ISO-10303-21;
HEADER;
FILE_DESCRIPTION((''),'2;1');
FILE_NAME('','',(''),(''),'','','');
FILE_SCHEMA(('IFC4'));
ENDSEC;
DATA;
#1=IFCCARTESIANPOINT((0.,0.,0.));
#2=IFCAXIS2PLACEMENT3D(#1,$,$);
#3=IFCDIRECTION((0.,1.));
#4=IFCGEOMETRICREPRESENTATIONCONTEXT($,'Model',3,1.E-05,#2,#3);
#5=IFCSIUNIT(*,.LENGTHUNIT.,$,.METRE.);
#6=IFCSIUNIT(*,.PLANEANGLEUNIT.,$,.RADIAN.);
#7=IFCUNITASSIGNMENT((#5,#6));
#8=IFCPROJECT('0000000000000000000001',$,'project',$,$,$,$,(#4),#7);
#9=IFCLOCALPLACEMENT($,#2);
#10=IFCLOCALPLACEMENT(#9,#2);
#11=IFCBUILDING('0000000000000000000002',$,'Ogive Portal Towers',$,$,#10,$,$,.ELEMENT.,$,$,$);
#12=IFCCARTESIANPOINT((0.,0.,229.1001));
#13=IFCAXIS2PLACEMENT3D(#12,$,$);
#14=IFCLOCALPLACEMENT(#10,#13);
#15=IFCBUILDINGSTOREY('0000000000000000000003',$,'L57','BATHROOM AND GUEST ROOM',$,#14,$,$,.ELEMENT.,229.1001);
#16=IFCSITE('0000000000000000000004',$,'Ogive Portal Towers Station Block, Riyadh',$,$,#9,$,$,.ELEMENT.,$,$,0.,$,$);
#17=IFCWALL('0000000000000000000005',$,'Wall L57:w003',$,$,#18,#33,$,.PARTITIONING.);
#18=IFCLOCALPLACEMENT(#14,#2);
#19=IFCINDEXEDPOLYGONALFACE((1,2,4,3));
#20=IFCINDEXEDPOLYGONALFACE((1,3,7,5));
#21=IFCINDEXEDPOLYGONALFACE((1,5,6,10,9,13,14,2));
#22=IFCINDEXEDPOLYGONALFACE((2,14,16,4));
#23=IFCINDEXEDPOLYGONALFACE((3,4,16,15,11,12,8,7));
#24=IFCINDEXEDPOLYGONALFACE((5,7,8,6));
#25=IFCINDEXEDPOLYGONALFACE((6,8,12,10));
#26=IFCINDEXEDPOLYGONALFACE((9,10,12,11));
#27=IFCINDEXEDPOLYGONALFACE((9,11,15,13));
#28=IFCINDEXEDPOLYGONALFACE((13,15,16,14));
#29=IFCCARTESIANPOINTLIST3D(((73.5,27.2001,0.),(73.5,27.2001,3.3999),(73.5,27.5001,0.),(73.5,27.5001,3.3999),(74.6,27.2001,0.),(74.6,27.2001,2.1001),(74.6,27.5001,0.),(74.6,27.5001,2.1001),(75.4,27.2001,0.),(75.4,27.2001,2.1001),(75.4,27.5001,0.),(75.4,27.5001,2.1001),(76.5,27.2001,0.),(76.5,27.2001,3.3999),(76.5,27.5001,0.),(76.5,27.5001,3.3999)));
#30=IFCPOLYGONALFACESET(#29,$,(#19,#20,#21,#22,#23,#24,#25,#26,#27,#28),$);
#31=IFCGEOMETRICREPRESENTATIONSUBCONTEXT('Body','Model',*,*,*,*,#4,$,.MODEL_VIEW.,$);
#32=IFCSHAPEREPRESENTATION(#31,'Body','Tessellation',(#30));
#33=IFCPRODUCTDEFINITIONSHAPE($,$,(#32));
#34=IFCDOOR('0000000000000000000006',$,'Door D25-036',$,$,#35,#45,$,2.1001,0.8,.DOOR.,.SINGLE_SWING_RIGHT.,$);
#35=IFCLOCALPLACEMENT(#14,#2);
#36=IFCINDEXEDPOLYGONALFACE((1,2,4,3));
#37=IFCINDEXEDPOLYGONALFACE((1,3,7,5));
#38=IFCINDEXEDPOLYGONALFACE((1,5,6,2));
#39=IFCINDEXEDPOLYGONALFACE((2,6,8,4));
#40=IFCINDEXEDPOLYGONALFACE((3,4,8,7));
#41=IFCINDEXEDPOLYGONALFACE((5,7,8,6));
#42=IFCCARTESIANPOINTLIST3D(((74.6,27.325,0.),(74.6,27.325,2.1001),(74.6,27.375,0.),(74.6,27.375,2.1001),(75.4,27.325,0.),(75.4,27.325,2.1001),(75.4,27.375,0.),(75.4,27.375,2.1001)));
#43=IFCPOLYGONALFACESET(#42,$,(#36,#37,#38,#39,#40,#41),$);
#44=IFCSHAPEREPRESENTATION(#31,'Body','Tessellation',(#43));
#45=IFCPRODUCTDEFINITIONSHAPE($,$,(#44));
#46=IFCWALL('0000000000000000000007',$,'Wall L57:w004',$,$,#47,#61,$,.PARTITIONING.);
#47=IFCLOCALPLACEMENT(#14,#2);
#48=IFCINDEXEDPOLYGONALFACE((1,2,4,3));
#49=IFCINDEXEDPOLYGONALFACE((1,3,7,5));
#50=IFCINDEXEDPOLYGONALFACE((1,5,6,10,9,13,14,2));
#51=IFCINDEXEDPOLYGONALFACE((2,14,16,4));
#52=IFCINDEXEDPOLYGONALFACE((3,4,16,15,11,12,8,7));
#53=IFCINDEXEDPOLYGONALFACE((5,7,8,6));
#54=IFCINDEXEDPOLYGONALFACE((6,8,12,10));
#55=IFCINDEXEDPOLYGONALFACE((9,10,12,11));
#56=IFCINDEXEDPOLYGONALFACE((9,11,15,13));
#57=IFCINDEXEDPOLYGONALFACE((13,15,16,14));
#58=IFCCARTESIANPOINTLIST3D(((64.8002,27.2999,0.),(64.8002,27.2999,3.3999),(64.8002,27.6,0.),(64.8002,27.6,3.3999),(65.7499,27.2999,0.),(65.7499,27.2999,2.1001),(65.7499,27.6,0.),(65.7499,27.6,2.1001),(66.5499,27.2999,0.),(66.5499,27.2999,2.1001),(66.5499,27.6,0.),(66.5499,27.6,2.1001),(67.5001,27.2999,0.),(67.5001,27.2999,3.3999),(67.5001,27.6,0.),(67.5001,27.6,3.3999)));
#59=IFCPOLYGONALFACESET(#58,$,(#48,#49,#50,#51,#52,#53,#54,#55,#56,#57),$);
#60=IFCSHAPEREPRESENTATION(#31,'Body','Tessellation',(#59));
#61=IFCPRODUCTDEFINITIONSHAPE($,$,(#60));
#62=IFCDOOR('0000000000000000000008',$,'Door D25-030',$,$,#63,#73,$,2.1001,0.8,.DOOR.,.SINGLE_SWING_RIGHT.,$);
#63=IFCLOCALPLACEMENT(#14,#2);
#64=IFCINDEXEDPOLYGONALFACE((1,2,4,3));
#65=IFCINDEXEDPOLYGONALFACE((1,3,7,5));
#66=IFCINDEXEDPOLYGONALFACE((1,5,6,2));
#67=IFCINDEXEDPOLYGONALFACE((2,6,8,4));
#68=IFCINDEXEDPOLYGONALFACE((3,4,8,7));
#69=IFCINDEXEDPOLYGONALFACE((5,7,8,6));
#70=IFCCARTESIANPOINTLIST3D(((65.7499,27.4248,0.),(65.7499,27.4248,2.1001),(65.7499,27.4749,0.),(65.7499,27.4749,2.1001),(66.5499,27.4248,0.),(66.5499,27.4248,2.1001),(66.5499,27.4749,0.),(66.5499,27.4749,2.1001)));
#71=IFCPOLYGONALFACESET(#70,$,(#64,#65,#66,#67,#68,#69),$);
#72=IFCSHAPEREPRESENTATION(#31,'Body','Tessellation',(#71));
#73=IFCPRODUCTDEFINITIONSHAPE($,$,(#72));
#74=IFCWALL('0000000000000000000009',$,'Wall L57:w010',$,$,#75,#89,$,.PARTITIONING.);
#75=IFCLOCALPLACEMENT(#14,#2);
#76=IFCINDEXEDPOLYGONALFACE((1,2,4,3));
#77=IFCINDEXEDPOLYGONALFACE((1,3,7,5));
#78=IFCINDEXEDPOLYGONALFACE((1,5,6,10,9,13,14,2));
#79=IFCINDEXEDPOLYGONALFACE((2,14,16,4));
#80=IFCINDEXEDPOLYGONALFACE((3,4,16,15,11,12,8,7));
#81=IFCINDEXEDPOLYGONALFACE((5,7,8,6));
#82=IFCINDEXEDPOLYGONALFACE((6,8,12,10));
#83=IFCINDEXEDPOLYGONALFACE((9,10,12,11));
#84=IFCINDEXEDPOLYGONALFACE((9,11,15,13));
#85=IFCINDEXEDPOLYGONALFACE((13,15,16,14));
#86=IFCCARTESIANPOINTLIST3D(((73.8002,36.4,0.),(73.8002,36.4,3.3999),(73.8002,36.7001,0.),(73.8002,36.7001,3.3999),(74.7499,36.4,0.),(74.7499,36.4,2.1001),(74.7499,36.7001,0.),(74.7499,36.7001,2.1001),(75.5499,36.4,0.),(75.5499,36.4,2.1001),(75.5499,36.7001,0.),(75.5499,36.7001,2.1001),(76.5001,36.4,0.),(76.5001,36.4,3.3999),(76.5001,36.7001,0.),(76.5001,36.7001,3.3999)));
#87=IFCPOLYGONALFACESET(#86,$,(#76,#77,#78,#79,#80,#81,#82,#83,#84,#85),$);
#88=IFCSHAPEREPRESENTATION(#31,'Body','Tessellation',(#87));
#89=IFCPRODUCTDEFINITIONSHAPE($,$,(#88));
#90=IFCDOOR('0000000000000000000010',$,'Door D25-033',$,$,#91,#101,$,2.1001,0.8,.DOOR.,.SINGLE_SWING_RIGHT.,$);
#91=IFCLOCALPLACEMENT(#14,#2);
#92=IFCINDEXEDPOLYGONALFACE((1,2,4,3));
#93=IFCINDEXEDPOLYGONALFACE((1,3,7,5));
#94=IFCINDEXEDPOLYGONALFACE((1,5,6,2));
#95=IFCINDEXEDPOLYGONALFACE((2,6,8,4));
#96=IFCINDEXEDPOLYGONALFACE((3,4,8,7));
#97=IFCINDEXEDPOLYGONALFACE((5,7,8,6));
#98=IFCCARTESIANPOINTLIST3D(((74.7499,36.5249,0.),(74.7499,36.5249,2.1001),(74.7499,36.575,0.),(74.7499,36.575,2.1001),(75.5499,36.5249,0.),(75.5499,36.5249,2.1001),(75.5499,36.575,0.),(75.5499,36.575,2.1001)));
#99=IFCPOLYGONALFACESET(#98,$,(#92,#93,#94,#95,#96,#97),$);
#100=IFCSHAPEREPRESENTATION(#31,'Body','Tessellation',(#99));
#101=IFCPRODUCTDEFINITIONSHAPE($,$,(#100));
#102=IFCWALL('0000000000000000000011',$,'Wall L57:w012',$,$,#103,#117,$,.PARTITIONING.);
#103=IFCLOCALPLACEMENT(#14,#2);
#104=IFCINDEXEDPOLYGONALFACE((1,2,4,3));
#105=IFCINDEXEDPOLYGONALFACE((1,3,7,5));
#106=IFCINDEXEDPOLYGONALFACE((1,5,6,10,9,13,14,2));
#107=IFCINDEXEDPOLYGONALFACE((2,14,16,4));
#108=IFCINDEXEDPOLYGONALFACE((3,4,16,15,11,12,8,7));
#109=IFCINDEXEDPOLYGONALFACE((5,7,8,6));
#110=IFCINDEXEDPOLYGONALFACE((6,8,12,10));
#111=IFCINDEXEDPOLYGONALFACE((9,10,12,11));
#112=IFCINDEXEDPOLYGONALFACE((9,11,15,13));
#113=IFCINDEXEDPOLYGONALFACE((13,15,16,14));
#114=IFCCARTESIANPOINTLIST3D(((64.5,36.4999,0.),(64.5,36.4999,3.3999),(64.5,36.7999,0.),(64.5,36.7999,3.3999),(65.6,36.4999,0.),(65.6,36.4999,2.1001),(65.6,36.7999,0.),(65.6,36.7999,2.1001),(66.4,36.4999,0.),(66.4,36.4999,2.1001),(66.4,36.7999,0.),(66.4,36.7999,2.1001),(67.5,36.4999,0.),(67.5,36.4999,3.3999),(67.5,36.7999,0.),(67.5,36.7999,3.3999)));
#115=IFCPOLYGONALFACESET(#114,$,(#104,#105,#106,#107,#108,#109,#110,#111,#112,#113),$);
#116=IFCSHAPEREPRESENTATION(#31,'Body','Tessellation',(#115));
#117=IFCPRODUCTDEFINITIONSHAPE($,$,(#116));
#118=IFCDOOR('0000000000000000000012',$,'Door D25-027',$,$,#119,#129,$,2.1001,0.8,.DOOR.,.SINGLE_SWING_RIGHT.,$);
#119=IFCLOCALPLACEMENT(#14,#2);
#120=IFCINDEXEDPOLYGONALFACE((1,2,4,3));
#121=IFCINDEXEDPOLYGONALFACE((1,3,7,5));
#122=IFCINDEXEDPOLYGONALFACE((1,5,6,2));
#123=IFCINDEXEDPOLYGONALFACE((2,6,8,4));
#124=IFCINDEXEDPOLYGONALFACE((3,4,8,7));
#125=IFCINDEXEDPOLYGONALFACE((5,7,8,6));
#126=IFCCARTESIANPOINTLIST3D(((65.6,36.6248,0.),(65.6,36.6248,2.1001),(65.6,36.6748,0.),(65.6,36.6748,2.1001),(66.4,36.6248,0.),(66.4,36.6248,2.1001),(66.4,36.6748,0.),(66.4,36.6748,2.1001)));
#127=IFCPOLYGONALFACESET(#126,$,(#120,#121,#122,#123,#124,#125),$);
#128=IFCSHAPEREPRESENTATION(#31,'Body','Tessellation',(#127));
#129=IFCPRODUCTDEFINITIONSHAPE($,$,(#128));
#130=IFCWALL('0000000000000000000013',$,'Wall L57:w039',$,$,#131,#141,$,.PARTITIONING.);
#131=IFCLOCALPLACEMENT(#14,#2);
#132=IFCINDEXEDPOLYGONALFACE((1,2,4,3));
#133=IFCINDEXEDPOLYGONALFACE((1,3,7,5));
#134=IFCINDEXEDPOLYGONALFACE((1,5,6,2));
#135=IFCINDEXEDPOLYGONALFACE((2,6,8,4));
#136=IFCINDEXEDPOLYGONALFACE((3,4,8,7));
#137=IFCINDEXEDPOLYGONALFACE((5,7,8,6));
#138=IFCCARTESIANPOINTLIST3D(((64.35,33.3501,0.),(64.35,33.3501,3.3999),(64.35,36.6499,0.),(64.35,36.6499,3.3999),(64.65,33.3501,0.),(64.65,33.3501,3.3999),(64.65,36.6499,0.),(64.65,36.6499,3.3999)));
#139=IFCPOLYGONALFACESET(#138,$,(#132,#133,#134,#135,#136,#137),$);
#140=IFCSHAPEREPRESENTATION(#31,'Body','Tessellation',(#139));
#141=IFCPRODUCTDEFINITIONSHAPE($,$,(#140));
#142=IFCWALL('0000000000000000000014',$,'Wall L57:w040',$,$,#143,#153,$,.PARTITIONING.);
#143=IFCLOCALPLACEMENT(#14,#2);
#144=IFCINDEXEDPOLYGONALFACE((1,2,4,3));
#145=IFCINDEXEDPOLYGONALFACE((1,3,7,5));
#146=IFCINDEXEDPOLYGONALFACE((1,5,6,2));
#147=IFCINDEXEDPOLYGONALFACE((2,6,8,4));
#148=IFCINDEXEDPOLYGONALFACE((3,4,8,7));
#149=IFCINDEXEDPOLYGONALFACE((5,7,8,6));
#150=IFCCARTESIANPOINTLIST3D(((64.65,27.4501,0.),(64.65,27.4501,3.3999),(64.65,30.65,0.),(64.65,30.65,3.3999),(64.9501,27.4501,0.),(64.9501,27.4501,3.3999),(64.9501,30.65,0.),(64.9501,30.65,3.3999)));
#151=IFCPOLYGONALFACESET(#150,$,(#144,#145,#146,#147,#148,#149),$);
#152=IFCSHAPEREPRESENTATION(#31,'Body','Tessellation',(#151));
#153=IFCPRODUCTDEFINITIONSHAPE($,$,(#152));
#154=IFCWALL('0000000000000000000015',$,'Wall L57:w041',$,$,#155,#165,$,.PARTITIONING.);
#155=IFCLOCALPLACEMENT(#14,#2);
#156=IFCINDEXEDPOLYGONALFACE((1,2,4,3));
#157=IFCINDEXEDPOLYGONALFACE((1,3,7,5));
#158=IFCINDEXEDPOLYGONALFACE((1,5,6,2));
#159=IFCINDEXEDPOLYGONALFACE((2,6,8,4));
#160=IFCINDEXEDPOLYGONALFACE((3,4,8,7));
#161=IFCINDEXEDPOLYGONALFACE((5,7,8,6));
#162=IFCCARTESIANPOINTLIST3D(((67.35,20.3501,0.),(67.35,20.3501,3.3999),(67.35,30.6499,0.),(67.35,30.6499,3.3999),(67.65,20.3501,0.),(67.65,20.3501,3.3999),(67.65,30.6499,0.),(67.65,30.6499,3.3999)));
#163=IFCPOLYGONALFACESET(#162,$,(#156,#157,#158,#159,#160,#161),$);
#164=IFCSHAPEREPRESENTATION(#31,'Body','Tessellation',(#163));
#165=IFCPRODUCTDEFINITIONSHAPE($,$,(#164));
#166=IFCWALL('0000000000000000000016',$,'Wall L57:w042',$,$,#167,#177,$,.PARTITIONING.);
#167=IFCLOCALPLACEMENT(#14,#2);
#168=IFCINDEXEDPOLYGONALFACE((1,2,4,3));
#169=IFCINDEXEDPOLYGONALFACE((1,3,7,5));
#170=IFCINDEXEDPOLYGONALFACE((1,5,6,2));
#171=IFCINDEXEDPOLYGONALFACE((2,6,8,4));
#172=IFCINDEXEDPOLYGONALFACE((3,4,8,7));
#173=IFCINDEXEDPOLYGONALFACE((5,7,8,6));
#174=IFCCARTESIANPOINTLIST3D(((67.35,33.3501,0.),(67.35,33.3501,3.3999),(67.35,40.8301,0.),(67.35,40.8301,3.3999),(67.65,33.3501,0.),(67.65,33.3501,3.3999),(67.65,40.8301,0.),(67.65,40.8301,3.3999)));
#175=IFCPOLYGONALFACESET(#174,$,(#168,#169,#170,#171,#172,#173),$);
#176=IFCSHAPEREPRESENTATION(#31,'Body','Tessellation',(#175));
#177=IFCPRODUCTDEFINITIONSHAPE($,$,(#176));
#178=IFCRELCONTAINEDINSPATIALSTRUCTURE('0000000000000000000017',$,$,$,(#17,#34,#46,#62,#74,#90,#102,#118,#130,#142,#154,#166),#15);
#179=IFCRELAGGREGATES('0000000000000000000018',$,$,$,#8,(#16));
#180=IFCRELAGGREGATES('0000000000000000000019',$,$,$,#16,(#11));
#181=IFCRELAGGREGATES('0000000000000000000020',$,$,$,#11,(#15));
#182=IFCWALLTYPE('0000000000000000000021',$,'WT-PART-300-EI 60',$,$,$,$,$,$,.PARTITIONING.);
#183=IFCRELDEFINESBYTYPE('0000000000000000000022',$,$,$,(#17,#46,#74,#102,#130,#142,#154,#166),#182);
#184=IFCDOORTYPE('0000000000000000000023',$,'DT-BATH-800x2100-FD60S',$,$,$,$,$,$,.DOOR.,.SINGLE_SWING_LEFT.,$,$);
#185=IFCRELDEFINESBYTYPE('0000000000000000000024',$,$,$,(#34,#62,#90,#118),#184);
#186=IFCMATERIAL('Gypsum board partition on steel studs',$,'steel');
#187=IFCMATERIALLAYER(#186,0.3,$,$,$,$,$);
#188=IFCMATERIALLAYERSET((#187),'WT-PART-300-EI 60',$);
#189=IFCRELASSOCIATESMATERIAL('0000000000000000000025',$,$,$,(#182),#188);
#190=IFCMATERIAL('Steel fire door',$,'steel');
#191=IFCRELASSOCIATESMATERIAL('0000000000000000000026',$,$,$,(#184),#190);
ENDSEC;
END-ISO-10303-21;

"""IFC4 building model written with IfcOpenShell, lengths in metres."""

from ifc_helpers import new_model, si_unit, direction, frame, frame_2d, origin, place, context, subcontext, project, spatial, rectangle, extrude, material, layer, layer_set, type_object, element, fill, save


model = new_model("IFC4")

# Units and contexts
model_context = context("Model", 3, precision=1e-05, world=origin(), true_north=direction((0.0, 1.0)))
body_context = subcontext(model_context, "Body", "Model", "MODEL_VIEW")
ifc_project = project(units=[si_unit("LENGTHUNIT", "METRE"), si_unit("PLANEANGLEUNIT", "RADIAN")], contexts=[model_context])

# Site, building, storey
site_placement = place(None, origin())
site = spatial("IfcSite", under=ifc_project, at=site_placement, Name="Ogive Portal Towers Station Block, Riyadh", CompositionType="ELEMENT", RefElevation=0.0)
building_placement = place(site_placement, origin())
building = spatial("IfcBuilding", under=site, at=building_placement, Name="Ogive Portal Towers", CompositionType="ELEMENT")
storey_placement = place(building_placement, frame((0.0, 0.0, 229.1001)))
storey = spatial("IfcBuildingStorey", under=building, at=storey_placement, Name="L57", Description="BATHROOM AND GUEST ROOM", CompositionType="ELEMENT", Elevation=229.1001)

# Walls, openings, doors
ifc_material_1 = material(Name="Gypsum board partition on steel studs", Category="steel")
ifc_layer_1 = layer(ifc_material_1, 0.3)
ifc_layer_set_1 = layer_set([ifc_layer_1], Name="WT-PART-300-EI 60")
wall_type = type_object("IfcWallType", Name="WT-PART-300-EI 60", PredefinedType="PARTITIONING", material=ifc_layer_set_1)
ifc_material_2 = material(Name="Steel fire door", Category="steel")
door_type = type_object("IfcDoorType", Name="DT-BATH-800x2100-FD60S", OperationType="SINGLE_SWING_LEFT", PredefinedType="DOOR", material=ifc_material_2)
wall_1_placement = place(storey_placement, frame((73.5, 27.3501, 0.0), z_axis=(0.0, 0.0, 1.0), x_axis=(1.0, 0.0, 0.0)))
wall_1 = element("IfcWall", 1, at=wall_1_placement, inside=storey, type_object=wall_type, Name="Wall L57:w003", PredefinedType="PARTITIONING", context=body_context, shape_type="SweptSolid", body=[
    extrude(rectangle(XDim=3.0, YDim=0.3, at=frame_2d((1.5, 0.0))), origin(), (0.0, 0.0, 1.0), 3.3999),
])
opening_1_placement = place(wall_1_placement, frame((1.1001, 0.0, 0.0)))
opening_1 = element("IfcOpeningElement", 2, at=opening_1_placement, cuts=wall_1, PredefinedType="OPENING", context=body_context, shape_type="SweptSolid", body=[
    extrude(rectangle(XDim=0.8, YDim=2.1001, at=frame_2d((0.3999, 1.05))), frame((0.0, 0.1602, 0.0), z_axis=(0.0, -1.0, 0.0), x_axis=(1.0, 0.0, 0.0)), (0.0, 0.0, 1.0), 0.3201),
])
door_1_placement = place(opening_1_placement, origin())
door_1 = element("IfcDoor", 3, at=door_1_placement, inside=storey, type_object=door_type, Name="Door D25-036", OperationType="SINGLE_SWING_RIGHT", OverallHeight=2.1001, OverallWidth=0.8, PredefinedType="DOOR", context=body_context, shape_type="SweptSolid", body=[
    extrude(rectangle(XDim=0.8, YDim=2.1001, at=frame_2d((0.3999, 1.05))), frame((0.0, 0.0249, 0.0), z_axis=(0.0, -1.0, 0.0), x_axis=(1.0, 0.0, 0.0)), (0.0, 0.0, 1.0), 0.05),
])
fill(opening_1, door_1)
wall_2_placement = place(storey_placement, frame((64.8, 27.45, 0.0), z_axis=(0.0, 0.0, 1.0), x_axis=(1.0, 0.0, 0.0)))
wall_2 = element("IfcWall", 4, at=wall_2_placement, inside=storey, type_object=wall_type, Name="Wall L57:w004", PredefinedType="PARTITIONING", context=body_context, shape_type="SweptSolid", body=[
    extrude(rectangle(XDim=2.7, YDim=0.3, at=frame_2d((1.3501, 0.0))), origin(), (0.0, 0.0, 1.0), 3.3999),
])
opening_2_placement = place(wall_2_placement, frame((0.95, 0.0, 0.0)))
opening_2 = element("IfcOpeningElement", 5, at=opening_2_placement, cuts=wall_2, PredefinedType="OPENING", context=body_context, shape_type="SweptSolid", body=[
    extrude(rectangle(XDim=0.8, YDim=2.1001, at=frame_2d((0.3999, 1.05))), frame((0.0, 0.1602, 0.0), z_axis=(0.0, -1.0, 0.0), x_axis=(1.0, 0.0, 0.0)), (0.0, 0.0, 1.0), 0.3201),
])
door_2_placement = place(opening_2_placement, origin())
door_2 = element("IfcDoor", 6, at=door_2_placement, inside=storey, type_object=door_type, Name="Door D25-030", OperationType="SINGLE_SWING_RIGHT", OverallHeight=2.1001, OverallWidth=0.8, PredefinedType="DOOR", context=body_context, shape_type="SweptSolid", body=[
    extrude(rectangle(XDim=0.8, YDim=2.1001, at=frame_2d((0.3999, 1.05))), frame((0.0, 0.0249, 0.0), z_axis=(0.0, -1.0, 0.0), x_axis=(1.0, 0.0, 0.0)), (0.0, 0.0, 1.0), 0.05),
])
fill(opening_2, door_2)
wall_3_placement = place(storey_placement, frame((73.8, 36.55, 0.0), z_axis=(0.0, 0.0, 1.0), x_axis=(1.0, 0.0, 0.0)))
wall_3 = element("IfcWall", 7, at=wall_3_placement, inside=storey, type_object=wall_type, Name="Wall L57:w010", PredefinedType="PARTITIONING", context=body_context, shape_type="SweptSolid", body=[
    extrude(rectangle(XDim=2.7, YDim=0.3, at=frame_2d((1.3501, 0.0))), origin(), (0.0, 0.0, 1.0), 3.3999),
])
opening_3_placement = place(wall_3_placement, frame((0.95, 0.0, 0.0)))
opening_3 = element("IfcOpeningElement", 8, at=opening_3_placement, cuts=wall_3, PredefinedType="OPENING", context=body_context, shape_type="SweptSolid", body=[
    extrude(rectangle(XDim=0.8, YDim=2.1001, at=frame_2d((0.3999, 1.05))), frame((0.0, 0.1602, 0.0), z_axis=(0.0, -1.0, 0.0), x_axis=(1.0, 0.0, 0.0)), (0.0, 0.0, 1.0), 0.3201),
])
door_3_placement = place(opening_3_placement, origin())
door_3 = element("IfcDoor", 9, at=door_3_placement, inside=storey, type_object=door_type, Name="Door D25-033", OperationType="SINGLE_SWING_RIGHT", OverallHeight=2.1001, OverallWidth=0.8, PredefinedType="DOOR", context=body_context, shape_type="SweptSolid", body=[
    extrude(rectangle(XDim=0.8, YDim=2.1001, at=frame_2d((0.3999, 1.05))), frame((0.0, 0.0249, 0.0), z_axis=(0.0, -1.0, 0.0), x_axis=(1.0, 0.0, 0.0)), (0.0, 0.0, 1.0), 0.05),
])
fill(opening_3, door_3)
wall_4_placement = place(storey_placement, frame((64.5, 36.6499, 0.0), z_axis=(0.0, 0.0, 1.0), x_axis=(1.0, 0.0, 0.0)))
wall_4 = element("IfcWall", 10, at=wall_4_placement, inside=storey, type_object=wall_type, Name="Wall L57:w012", PredefinedType="PARTITIONING", context=body_context, shape_type="SweptSolid", body=[
    extrude(rectangle(XDim=3.0, YDim=0.3, at=frame_2d((1.5, 0.0))), origin(), (0.0, 0.0, 1.0), 3.3999),
])
opening_4_placement = place(wall_4_placement, frame((1.1001, 0.0, 0.0)))
opening_4 = element("IfcOpeningElement", 11, at=opening_4_placement, cuts=wall_4, PredefinedType="OPENING", context=body_context, shape_type="SweptSolid", body=[
    extrude(rectangle(XDim=0.8, YDim=2.1001, at=frame_2d((0.3999, 1.05))), frame((0.0, 0.1602, 0.0), z_axis=(0.0, -1.0, 0.0), x_axis=(1.0, 0.0, 0.0)), (0.0, 0.0, 1.0), 0.3201),
])
door_4_placement = place(opening_4_placement, origin())
door_4 = element("IfcDoor", 12, at=door_4_placement, inside=storey, type_object=door_type, Name="Door D25-027", OperationType="SINGLE_SWING_RIGHT", OverallHeight=2.1001, OverallWidth=0.8, PredefinedType="DOOR", context=body_context, shape_type="SweptSolid", body=[
    extrude(rectangle(XDim=0.8, YDim=2.1001, at=frame_2d((0.3999, 1.05))), frame((0.0, 0.0249, 0.0), z_axis=(0.0, -1.0, 0.0), x_axis=(1.0, 0.0, 0.0)), (0.0, 0.0, 1.0), 0.05),
])
fill(opening_4, door_4)

# Walls
wall_5_placement = place(storey_placement, frame((64.5, 33.3501, 0.0), z_axis=(0.0, 0.0, 1.0), x_axis=(0.0, 1.0, 0.0)))
element("IfcWall", 13, at=wall_5_placement, inside=storey, type_object=wall_type, Name="Wall L57:w039", PredefinedType="PARTITIONING", context=body_context, shape_type="SweptSolid", body=[
    extrude(rectangle(XDim=3.2998, YDim=0.3, at=frame_2d((1.6499, 0.0))), origin(), (0.0, 0.0, 1.0), 3.3999),
])
wall_6_placement = place(storey_placement, frame((64.8, 27.45, 0.0), z_axis=(0.0, 0.0, 1.0), x_axis=(0.0, 1.0, 0.0)))
element("IfcWall", 14, at=wall_6_placement, inside=storey, type_object=wall_type, Name="Wall L57:w040", PredefinedType="PARTITIONING", context=body_context, shape_type="SweptSolid", body=[
    extrude(rectangle(XDim=3.2, YDim=0.3, at=frame_2d((1.6001, 0.0))), origin(), (0.0, 0.0, 1.0), 3.3999),
])
wall_7_placement = place(storey_placement, frame((67.5, 20.3501, 0.0), z_axis=(0.0, 0.0, 1.0), x_axis=(0.0, 1.0, 0.0)))
element("IfcWall", 15, at=wall_7_placement, inside=storey, type_object=wall_type, Name="Wall L57:w041", PredefinedType="PARTITIONING", context=body_context, shape_type="SweptSolid", body=[
    extrude(rectangle(XDim=10.2998, YDim=0.3, at=frame_2d((5.1499, 0.0))), origin(), (0.0, 0.0, 1.0), 3.3999),
])
wall_8_placement = place(storey_placement, frame((67.5, 33.3501, 0.0), z_axis=(0.0, 0.0, 1.0), x_axis=(0.0, 1.0, 0.0)))
element("IfcWall", 16, at=wall_8_placement, inside=storey, type_object=wall_type, Name="Wall L57:w042", PredefinedType="PARTITIONING", context=body_context, shape_type="SweptSolid", body=[
    extrude(rectangle(XDim=7.48, YDim=0.3, at=frame_2d((3.74, 0.0))), origin(), (0.0, 0.0, 1.0), 3.3999),
])

save(model, "model.ifc")
